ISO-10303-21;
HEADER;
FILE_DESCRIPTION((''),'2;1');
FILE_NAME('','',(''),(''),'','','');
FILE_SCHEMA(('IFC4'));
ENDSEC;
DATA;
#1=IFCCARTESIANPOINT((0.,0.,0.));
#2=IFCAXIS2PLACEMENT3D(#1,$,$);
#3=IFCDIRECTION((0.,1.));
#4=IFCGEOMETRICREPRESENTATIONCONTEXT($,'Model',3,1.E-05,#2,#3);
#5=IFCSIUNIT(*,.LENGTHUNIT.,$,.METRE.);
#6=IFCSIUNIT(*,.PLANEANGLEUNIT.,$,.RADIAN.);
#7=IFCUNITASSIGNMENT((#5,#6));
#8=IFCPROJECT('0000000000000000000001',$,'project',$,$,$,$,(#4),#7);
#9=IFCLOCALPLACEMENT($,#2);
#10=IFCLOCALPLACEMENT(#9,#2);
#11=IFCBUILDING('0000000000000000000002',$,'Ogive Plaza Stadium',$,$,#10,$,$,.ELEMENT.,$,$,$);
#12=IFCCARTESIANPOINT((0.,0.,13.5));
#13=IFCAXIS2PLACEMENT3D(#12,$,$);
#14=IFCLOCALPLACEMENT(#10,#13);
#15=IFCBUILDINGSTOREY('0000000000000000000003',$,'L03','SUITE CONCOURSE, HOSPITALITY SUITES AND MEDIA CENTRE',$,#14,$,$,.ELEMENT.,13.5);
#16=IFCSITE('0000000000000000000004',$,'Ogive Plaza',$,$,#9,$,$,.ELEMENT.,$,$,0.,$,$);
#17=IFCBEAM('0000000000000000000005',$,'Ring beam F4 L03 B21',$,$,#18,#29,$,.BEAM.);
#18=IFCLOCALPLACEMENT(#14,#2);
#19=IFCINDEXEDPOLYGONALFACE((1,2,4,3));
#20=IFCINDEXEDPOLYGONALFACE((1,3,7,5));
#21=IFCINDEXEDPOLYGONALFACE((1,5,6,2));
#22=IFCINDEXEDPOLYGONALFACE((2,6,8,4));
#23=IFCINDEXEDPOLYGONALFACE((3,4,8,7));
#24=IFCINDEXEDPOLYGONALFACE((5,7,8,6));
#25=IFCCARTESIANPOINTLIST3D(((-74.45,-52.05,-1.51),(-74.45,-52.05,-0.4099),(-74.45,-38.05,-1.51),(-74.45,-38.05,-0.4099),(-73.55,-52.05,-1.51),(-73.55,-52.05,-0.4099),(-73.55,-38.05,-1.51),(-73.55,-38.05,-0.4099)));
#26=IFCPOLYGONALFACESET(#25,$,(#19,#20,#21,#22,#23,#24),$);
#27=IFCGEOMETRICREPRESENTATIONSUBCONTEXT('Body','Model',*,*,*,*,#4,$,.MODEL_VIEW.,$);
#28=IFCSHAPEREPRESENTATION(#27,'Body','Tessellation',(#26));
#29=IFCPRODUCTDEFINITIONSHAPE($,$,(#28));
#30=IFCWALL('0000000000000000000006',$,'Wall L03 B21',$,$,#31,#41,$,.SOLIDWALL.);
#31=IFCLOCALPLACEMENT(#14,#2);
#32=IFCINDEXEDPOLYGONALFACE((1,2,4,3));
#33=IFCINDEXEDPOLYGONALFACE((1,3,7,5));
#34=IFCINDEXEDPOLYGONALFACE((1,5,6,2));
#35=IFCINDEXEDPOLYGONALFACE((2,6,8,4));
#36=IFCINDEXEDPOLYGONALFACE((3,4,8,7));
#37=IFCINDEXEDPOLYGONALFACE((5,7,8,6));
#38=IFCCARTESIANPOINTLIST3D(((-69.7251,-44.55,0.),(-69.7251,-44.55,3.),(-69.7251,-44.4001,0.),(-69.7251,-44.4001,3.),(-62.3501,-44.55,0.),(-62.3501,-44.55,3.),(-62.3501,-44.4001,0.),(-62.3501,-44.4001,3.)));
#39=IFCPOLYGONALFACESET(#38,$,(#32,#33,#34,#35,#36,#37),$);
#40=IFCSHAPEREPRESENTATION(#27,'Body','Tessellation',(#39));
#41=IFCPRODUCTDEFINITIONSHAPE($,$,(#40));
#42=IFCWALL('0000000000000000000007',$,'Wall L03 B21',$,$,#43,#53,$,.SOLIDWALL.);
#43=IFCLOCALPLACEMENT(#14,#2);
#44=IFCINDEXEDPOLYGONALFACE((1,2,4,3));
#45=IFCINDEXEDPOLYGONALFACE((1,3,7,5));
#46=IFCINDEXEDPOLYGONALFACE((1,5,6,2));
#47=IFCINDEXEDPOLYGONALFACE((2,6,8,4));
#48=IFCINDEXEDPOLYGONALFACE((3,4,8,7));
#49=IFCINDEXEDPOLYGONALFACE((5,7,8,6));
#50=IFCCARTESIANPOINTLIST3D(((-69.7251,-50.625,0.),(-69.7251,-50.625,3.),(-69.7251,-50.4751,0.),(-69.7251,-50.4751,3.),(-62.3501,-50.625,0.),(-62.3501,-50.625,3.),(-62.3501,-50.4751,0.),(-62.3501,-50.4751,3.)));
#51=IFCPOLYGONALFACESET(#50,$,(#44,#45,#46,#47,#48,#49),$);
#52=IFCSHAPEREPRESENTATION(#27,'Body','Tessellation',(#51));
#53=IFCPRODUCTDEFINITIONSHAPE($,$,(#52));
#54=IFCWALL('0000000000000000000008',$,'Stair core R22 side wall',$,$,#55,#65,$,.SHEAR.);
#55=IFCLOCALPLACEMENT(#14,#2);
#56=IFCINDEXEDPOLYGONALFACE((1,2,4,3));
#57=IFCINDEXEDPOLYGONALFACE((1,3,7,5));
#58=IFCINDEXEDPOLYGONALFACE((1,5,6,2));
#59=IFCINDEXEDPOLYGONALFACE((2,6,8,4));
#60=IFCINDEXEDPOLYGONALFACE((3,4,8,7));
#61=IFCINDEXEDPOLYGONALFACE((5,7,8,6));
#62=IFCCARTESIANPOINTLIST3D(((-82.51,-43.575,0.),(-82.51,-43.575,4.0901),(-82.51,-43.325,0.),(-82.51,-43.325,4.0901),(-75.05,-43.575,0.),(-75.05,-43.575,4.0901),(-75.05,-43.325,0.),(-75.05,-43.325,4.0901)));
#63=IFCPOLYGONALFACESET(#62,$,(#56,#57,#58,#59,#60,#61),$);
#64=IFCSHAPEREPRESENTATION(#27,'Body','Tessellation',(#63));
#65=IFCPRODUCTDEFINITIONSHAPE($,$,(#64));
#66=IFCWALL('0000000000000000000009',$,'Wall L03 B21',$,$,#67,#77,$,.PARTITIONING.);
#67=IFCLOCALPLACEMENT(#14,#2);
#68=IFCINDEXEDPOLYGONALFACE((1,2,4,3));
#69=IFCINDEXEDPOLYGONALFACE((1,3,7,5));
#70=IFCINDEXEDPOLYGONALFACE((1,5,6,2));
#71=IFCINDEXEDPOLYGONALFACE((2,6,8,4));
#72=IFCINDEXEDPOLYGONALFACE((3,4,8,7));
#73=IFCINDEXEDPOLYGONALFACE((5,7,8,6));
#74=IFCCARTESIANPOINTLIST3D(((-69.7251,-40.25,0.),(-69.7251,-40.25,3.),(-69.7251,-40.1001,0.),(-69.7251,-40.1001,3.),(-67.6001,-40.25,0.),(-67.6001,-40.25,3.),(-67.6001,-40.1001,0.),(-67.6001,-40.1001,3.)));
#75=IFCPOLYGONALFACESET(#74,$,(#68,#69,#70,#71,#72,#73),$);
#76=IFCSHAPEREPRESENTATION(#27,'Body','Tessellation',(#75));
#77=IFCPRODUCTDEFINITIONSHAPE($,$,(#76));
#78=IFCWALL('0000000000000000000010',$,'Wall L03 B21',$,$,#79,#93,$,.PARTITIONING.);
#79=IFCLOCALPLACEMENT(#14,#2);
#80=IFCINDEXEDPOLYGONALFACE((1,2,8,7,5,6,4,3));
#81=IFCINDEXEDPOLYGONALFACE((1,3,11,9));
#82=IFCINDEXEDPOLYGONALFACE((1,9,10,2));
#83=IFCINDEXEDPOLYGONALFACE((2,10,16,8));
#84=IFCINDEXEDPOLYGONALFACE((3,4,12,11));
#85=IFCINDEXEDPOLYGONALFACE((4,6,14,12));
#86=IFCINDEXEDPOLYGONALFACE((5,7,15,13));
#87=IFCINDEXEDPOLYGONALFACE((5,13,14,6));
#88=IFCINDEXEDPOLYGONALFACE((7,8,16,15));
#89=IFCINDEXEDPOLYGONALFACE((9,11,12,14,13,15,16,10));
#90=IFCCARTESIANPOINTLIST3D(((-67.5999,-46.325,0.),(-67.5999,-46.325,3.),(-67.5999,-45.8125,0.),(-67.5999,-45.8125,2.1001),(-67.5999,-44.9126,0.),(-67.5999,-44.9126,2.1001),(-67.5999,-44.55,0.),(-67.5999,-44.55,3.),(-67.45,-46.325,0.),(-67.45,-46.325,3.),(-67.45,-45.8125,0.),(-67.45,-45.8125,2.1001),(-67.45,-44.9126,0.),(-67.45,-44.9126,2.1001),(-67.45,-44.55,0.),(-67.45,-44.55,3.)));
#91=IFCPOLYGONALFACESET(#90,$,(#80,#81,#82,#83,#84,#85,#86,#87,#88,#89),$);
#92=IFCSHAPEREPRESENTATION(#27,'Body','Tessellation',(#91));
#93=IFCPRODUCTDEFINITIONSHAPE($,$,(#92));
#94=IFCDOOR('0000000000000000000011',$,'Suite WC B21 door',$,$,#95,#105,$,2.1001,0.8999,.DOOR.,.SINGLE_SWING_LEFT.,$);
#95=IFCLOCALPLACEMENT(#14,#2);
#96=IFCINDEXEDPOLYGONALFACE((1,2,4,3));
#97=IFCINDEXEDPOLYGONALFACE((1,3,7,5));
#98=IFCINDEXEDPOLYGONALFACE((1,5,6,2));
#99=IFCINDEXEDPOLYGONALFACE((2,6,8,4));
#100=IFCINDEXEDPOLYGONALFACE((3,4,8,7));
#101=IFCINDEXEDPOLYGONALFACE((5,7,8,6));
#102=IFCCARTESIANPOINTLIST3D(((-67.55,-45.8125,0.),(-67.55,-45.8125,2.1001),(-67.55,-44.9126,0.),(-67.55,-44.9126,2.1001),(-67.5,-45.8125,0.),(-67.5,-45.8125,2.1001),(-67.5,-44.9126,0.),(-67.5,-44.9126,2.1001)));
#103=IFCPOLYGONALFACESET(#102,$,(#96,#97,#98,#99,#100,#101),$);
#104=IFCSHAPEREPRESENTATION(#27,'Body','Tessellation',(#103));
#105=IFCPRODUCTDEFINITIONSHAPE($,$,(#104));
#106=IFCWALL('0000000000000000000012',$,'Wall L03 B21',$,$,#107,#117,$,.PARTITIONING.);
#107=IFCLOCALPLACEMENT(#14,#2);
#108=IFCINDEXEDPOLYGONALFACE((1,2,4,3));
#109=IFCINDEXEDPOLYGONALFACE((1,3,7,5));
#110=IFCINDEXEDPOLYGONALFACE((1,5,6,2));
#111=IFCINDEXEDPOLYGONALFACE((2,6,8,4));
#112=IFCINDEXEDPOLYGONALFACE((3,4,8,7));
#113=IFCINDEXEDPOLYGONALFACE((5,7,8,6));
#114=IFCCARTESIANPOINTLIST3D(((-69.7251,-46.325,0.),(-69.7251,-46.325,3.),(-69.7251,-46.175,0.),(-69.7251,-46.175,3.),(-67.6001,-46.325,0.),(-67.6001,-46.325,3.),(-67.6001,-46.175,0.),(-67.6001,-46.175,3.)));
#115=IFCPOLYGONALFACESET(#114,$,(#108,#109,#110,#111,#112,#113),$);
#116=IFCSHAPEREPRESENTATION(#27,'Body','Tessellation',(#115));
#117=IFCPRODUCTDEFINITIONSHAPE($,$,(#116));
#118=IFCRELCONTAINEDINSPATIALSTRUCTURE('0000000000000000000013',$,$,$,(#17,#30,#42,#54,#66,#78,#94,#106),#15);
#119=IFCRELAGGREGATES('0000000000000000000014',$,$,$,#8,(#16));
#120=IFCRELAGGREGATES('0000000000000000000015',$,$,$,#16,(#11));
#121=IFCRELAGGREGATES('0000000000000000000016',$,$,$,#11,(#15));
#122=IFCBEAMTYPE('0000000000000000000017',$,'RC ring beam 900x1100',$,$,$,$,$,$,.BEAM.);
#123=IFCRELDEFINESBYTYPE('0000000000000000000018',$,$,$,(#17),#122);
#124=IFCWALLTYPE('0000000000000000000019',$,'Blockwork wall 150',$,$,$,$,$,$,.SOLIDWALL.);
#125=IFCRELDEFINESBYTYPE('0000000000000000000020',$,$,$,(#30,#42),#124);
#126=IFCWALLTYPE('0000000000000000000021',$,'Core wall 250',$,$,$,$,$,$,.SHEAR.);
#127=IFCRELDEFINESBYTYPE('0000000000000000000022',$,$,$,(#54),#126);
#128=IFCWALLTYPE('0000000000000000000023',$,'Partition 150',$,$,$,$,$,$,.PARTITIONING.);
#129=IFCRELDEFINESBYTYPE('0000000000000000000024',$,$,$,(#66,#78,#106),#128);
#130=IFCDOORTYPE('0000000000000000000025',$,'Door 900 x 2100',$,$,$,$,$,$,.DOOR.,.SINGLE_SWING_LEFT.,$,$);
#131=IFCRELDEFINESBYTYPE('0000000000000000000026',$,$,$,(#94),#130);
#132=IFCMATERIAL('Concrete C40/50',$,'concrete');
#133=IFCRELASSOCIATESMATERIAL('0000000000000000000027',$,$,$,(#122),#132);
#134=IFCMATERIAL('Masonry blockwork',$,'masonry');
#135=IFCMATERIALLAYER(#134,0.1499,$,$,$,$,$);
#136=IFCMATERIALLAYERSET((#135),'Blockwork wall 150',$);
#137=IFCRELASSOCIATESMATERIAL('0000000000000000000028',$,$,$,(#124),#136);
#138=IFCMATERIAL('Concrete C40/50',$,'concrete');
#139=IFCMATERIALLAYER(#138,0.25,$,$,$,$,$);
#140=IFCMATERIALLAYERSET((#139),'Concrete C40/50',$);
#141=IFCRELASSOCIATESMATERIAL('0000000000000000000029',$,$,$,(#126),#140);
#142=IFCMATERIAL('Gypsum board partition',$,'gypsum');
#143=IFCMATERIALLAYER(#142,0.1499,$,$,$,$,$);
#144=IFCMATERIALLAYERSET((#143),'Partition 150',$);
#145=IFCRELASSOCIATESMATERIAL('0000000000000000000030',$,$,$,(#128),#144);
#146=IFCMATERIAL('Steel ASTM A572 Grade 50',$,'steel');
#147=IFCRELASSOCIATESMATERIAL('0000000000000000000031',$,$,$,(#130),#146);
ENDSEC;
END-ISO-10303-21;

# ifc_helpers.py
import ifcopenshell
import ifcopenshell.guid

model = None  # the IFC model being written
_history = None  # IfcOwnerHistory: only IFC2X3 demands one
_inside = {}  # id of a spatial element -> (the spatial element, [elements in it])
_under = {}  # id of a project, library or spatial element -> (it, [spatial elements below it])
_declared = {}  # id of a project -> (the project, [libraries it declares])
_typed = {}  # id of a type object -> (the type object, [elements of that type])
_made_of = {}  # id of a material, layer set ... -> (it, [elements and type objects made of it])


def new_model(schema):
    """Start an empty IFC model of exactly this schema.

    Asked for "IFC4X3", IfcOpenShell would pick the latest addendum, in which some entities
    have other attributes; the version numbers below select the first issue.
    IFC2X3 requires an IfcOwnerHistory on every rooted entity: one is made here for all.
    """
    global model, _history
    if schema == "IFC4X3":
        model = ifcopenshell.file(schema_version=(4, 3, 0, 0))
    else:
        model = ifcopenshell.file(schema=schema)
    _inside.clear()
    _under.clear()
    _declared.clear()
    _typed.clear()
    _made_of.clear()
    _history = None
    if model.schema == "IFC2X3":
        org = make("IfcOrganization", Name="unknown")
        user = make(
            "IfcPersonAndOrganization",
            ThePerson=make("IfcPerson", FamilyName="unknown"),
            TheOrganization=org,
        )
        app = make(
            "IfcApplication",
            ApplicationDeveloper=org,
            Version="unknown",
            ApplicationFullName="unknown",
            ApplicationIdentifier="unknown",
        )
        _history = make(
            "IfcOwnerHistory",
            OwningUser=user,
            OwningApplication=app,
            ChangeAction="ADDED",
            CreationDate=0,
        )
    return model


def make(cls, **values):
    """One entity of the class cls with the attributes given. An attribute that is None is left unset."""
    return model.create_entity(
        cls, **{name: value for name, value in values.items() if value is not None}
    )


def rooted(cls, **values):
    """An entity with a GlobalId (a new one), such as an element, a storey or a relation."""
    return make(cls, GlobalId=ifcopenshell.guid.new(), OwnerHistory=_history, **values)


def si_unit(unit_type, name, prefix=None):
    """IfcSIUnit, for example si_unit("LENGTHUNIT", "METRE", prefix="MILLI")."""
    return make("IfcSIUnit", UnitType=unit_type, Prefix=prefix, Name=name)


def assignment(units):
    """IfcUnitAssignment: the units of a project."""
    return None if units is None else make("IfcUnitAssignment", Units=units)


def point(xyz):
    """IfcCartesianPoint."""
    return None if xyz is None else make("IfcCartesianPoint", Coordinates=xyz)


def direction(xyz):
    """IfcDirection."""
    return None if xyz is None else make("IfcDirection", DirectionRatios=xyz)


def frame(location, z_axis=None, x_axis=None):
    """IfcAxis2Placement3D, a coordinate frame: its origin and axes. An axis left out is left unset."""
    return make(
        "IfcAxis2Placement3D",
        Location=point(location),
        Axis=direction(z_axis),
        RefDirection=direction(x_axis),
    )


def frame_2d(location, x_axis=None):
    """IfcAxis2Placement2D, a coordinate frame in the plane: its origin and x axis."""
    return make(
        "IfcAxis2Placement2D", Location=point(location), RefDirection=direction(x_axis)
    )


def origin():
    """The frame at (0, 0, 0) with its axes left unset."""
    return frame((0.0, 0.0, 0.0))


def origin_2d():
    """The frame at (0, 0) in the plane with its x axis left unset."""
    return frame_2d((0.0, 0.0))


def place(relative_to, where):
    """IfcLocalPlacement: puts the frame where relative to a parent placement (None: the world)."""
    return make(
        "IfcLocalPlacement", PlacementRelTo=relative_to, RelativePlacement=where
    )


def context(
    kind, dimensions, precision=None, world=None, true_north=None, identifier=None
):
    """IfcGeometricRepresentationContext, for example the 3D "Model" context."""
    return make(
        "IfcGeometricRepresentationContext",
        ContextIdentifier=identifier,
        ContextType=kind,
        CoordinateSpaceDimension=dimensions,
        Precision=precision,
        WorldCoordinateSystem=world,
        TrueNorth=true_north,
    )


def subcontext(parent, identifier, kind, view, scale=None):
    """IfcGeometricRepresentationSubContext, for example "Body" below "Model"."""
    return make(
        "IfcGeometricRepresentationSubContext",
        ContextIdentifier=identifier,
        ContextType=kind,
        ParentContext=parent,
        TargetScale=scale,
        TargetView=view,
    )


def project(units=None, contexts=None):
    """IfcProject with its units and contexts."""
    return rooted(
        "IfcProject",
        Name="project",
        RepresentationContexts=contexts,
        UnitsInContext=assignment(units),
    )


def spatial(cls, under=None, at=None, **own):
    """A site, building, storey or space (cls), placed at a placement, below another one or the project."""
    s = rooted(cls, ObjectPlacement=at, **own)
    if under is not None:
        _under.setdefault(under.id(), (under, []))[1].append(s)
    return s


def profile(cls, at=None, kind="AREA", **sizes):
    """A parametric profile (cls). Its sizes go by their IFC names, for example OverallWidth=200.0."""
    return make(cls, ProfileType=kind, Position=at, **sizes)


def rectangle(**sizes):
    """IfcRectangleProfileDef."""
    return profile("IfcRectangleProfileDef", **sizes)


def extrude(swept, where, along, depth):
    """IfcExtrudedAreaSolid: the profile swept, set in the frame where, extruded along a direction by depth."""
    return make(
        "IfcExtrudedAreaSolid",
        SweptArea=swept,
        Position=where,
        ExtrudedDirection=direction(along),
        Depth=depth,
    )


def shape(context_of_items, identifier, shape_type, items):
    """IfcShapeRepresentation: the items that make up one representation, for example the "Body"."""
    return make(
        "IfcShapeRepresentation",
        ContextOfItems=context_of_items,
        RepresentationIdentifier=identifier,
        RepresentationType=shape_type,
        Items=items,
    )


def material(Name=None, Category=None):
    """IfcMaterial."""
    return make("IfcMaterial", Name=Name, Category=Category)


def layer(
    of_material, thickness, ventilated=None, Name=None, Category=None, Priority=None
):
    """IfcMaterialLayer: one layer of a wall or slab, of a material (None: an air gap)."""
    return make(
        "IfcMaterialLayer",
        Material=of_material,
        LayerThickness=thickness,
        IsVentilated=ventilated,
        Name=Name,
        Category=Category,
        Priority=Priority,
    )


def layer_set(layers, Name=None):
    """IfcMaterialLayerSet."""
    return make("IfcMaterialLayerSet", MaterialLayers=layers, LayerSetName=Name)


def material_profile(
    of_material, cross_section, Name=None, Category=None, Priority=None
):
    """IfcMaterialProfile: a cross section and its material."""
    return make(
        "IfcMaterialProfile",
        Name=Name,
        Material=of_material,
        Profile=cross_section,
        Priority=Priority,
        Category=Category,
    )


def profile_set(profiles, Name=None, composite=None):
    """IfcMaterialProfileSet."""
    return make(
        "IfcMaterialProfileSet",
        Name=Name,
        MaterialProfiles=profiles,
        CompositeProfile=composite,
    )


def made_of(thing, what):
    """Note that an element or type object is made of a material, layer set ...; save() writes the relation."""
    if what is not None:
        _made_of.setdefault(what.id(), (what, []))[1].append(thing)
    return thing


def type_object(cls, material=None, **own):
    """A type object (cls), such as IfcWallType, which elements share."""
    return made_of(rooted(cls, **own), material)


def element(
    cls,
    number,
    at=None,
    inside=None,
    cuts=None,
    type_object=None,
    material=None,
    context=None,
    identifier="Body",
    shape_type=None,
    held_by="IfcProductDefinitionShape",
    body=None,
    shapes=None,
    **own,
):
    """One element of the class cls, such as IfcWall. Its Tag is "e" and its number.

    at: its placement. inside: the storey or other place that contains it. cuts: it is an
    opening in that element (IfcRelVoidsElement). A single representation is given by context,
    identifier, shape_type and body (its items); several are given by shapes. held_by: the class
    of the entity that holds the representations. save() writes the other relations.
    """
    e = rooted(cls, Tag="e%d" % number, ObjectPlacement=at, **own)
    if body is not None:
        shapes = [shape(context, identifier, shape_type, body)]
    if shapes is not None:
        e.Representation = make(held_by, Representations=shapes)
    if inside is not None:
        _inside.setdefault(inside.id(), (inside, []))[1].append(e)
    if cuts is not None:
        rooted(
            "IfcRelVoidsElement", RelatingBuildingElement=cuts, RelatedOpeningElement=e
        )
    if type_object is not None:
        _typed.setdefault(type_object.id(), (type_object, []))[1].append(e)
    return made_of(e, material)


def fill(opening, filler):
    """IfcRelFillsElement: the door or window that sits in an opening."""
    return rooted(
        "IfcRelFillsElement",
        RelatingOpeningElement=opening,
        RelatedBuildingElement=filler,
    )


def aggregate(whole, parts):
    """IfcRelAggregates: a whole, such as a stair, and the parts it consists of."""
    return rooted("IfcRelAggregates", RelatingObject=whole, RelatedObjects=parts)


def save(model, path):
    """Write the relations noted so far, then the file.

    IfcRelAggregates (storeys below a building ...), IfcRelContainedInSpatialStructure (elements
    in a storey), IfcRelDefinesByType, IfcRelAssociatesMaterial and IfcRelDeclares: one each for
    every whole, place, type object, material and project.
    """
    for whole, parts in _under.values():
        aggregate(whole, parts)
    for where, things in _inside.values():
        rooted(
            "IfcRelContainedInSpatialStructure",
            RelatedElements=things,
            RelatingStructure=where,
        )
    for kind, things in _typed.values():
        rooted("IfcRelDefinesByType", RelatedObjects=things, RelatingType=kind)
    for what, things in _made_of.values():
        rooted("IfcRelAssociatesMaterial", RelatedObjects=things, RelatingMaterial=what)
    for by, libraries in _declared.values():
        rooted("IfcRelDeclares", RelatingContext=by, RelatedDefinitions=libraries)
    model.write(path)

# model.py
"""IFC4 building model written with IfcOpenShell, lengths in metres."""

from ifc_helpers import new_model, si_unit, direction, frame, frame_2d, origin, origin_2d, place, context, subcontext, project, spatial, rectangle, extrude, material, layer, layer_set, material_profile, profile_set, type_object, element, fill, save


model = new_model("IFC4")

# Units and contexts
model_context = context("Model", 3, precision=1e-05, world=origin(), true_north=direction((0.0, 1.0)))
body_context = subcontext(model_context, "Body", "Model", "MODEL_VIEW")
ifc_project = project(units=[si_unit("LENGTHUNIT", "METRE"), si_unit("PLANEANGLEUNIT", "RADIAN")], contexts=[model_context])

# Site, building, storey
site_placement = place(None, origin())
site = spatial("IfcSite", under=ifc_project, at=site_placement, Name="Ogive Plaza", CompositionType="ELEMENT", RefElevation=0.0)
building_placement = place(site_placement, origin())
building = spatial("IfcBuilding", under=site, at=building_placement, Name="Ogive Plaza Stadium", CompositionType="ELEMENT")
storey_placement = place(building_placement, frame((0.0, 0.0, 13.5)))
storey = spatial("IfcBuildingStorey", under=building, at=storey_placement, Name="L03", Description="SUITE CONCOURSE, HOSPITALITY SUITES AND MEDIA CENTRE", CompositionType="ELEMENT", Elevation=13.5)

# Beam
ifc_material_1 = material(Name="Concrete C40/50", Category="concrete")
ifc_material_profile = material_profile(ifc_material_1, rectangle(XDim=0.8999, YDim=1.1001, at=origin_2d()), Name="RC 900x1100")
ifc_profile_set = profile_set([ifc_material_profile], Name="Concrete C40/50")
beam_type = type_object("IfcBeamType", Name="RC ring beam 900x1100", PredefinedType="BEAM", material=ifc_profile_set)
beam_placement = place(storey_placement, frame((-74.0, -52.05, -0.96), z_axis=(0.0, 1.0, 0.0), x_axis=(-1.0, 0.0, 0.0)))
element("IfcBeam", 1, at=beam_placement, inside=storey, type_object=beam_type, Name="Ring beam F4 L03 B21", PredefinedType="BEAM", context=body_context, shape_type="SweptSolid", body=[
    extrude(rectangle(XDim=0.8999, YDim=1.1001, at=origin_2d()), origin(), (0.0, 0.0, 1.0), 14.0),
])

# Walls
ifc_material_2 = material(Name="Masonry blockwork", Category="masonry")
ifc_layer_1 = layer(ifc_material_2, 0.1499)
ifc_layer_set_1 = layer_set([ifc_layer_1], Name="Blockwork wall 150")
wall_type_1 = type_object("IfcWallType", Name="Blockwork wall 150", PredefinedType="SOLIDWALL", material=ifc_layer_set_1)
for number, where, z_axis, x_axis, name in (
    (2, (-62.3501, -44.4751, 0.0), (0.0, 0.0, 1.0), (-1.0, 0.0, 0.0), "Wall L03 B21"),
    (3, (-62.3501, -50.55, 0.0), (0.0, 0.0, 1.0), (-1.0, 0.0, 0.0), "Wall L03 B21"),
):
    element("IfcWall", number, at=place(storey_placement, frame(where, z_axis=z_axis, x_axis=x_axis)), inside=storey, type_object=wall_type_1, Name=name, PredefinedType="SOLIDWALL", context=body_context, shape_type="SweptSolid", body=[
        extrude(rectangle(XDim=7.375, YDim=0.1499, at=frame_2d((3.6875, 0.0))), origin(), (0.0, 0.0, 1.0), 3.0),
    ])
ifc_material_3 = material(Name="Concrete C40/50", Category="concrete")
ifc_layer_2 = layer(ifc_material_3, 0.25)
ifc_layer_set_2 = layer_set([ifc_layer_2], Name="Concrete C40/50")
wall_type_2 = type_object("IfcWallType", Name="Core wall 250", PredefinedType="SHEAR", material=ifc_layer_set_2)
wall_1_placement = place(storey_placement, frame((-75.05, -43.45, 0.0), z_axis=(0.0, 0.0, 1.0), x_axis=(-1.0, 0.0, 0.0)))
element("IfcWall", 4, at=wall_1_placement, inside=storey, type_object=wall_type_2, Name="Stair core R22 side wall", PredefinedType="SHEAR", context=body_context, shape_type="SweptSolid", body=[
    extrude(rectangle(XDim=7.46, YDim=0.25, at=frame_2d((3.73, 0.0))), origin(), (0.0, 0.0, 1.0), 4.0901),
])
ifc_material_4 = material(Name="Gypsum board partition", Category="gypsum")
ifc_layer_3 = layer(ifc_material_4, 0.1499)
ifc_layer_set_3 = layer_set([ifc_layer_3], Name="Partition 150")
wall_type_3 = type_object("IfcWallType", Name="Partition 150", PredefinedType="PARTITIONING", material=ifc_layer_set_3)
wall_2_placement = place(storey_placement, frame((-67.6001, -40.175, 0.0), z_axis=(0.0, 0.0, 1.0), x_axis=(-1.0, 0.0, 0.0)))
element("IfcWall", 5, at=wall_2_placement, inside=storey, type_object=wall_type_3, Name="Wall L03 B21", PredefinedType="PARTITIONING", context=body_context, shape_type="SweptSolid", body=[
    extrude(rectangle(XDim=2.125, YDim=0.1499, at=frame_2d((1.0625, 0.0))), origin(), (0.0, 0.0, 1.0), 3.0),
])

# Wall, opening, door
wall_3_placement = place(storey_placement, frame((-67.5249, -44.55, 0.0), z_axis=(0.0, 0.0, 1.0), x_axis=(0.0, -1.0, 0.0)))
wall_3 = element("IfcWall", 6, at=wall_3_placement, inside=storey, type_object=wall_type_3, Name="Wall L03 B21", PredefinedType="PARTITIONING", context=body_context, shape_type="SweptSolid", body=[
    extrude(rectangle(XDim=1.7749, YDim=0.1499, at=frame_2d((0.8875, 0.0))), origin(), (0.0, 0.0, 1.0), 3.0),
])
opening_placement = place(wall_3_placement, frame((0.3625, 0.0, 0.0)))
opening = element("IfcOpeningElement", 7, at=opening_placement, cuts=wall_3, PredefinedType="OPENING", context=body_context, shape_type="SweptSolid", body=[
    extrude(rectangle(XDim=0.8999, YDim=2.1001, at=frame_2d((0.45, 1.05))), frame((0.0, 0.075, 0.0), z_axis=(0.0, -1.0, 0.0), x_axis=(1.0, 0.0, 0.0)), (0.0, 0.0, 1.0), 0.1499),
])
ifc_material_5 = material(Name="Steel ASTM A572 Grade 50", Category="steel")
door_type = type_object("IfcDoorType", Name="Door 900 x 2100", OperationType="SINGLE_SWING_LEFT", PredefinedType="DOOR", material=ifc_material_5)
door_placement = place(opening_placement, origin())
door = element("IfcDoor", 8, at=door_placement, inside=storey, type_object=door_type, Name="Suite WC B21 door", OperationType="SINGLE_SWING_LEFT", OverallHeight=2.1001, OverallWidth=0.8999, PredefinedType="DOOR", context=body_context, shape_type="SweptSolid", body=[
    extrude(rectangle(XDim=0.8999, YDim=2.1001, at=frame_2d((0.45, 1.05))), frame((0.0, 0.0249, 0.0), z_axis=(0.0, -1.0, 0.0), x_axis=(1.0, 0.0, 0.0)), (0.0, 0.0, 1.0), 0.05),
])
fill(opening, door)

# Wall
wall_4_placement = place(storey_placement, frame((-67.6001, -46.25, 0.0), z_axis=(0.0, 0.0, 1.0), x_axis=(-1.0, 0.0, 0.0)))
element("IfcWall", 9, at=wall_4_placement, inside=storey, type_object=wall_type_3, Name="Wall L03 B21", PredefinedType="PARTITIONING", context=body_context, shape_type="SweptSolid", body=[
    extrude(rectangle(XDim=2.125, YDim=0.1499, at=frame_2d((1.0625, 0.0))), origin(), (0.0, 0.0, 1.0), 3.0),
])

save(model, "model.ifc")
